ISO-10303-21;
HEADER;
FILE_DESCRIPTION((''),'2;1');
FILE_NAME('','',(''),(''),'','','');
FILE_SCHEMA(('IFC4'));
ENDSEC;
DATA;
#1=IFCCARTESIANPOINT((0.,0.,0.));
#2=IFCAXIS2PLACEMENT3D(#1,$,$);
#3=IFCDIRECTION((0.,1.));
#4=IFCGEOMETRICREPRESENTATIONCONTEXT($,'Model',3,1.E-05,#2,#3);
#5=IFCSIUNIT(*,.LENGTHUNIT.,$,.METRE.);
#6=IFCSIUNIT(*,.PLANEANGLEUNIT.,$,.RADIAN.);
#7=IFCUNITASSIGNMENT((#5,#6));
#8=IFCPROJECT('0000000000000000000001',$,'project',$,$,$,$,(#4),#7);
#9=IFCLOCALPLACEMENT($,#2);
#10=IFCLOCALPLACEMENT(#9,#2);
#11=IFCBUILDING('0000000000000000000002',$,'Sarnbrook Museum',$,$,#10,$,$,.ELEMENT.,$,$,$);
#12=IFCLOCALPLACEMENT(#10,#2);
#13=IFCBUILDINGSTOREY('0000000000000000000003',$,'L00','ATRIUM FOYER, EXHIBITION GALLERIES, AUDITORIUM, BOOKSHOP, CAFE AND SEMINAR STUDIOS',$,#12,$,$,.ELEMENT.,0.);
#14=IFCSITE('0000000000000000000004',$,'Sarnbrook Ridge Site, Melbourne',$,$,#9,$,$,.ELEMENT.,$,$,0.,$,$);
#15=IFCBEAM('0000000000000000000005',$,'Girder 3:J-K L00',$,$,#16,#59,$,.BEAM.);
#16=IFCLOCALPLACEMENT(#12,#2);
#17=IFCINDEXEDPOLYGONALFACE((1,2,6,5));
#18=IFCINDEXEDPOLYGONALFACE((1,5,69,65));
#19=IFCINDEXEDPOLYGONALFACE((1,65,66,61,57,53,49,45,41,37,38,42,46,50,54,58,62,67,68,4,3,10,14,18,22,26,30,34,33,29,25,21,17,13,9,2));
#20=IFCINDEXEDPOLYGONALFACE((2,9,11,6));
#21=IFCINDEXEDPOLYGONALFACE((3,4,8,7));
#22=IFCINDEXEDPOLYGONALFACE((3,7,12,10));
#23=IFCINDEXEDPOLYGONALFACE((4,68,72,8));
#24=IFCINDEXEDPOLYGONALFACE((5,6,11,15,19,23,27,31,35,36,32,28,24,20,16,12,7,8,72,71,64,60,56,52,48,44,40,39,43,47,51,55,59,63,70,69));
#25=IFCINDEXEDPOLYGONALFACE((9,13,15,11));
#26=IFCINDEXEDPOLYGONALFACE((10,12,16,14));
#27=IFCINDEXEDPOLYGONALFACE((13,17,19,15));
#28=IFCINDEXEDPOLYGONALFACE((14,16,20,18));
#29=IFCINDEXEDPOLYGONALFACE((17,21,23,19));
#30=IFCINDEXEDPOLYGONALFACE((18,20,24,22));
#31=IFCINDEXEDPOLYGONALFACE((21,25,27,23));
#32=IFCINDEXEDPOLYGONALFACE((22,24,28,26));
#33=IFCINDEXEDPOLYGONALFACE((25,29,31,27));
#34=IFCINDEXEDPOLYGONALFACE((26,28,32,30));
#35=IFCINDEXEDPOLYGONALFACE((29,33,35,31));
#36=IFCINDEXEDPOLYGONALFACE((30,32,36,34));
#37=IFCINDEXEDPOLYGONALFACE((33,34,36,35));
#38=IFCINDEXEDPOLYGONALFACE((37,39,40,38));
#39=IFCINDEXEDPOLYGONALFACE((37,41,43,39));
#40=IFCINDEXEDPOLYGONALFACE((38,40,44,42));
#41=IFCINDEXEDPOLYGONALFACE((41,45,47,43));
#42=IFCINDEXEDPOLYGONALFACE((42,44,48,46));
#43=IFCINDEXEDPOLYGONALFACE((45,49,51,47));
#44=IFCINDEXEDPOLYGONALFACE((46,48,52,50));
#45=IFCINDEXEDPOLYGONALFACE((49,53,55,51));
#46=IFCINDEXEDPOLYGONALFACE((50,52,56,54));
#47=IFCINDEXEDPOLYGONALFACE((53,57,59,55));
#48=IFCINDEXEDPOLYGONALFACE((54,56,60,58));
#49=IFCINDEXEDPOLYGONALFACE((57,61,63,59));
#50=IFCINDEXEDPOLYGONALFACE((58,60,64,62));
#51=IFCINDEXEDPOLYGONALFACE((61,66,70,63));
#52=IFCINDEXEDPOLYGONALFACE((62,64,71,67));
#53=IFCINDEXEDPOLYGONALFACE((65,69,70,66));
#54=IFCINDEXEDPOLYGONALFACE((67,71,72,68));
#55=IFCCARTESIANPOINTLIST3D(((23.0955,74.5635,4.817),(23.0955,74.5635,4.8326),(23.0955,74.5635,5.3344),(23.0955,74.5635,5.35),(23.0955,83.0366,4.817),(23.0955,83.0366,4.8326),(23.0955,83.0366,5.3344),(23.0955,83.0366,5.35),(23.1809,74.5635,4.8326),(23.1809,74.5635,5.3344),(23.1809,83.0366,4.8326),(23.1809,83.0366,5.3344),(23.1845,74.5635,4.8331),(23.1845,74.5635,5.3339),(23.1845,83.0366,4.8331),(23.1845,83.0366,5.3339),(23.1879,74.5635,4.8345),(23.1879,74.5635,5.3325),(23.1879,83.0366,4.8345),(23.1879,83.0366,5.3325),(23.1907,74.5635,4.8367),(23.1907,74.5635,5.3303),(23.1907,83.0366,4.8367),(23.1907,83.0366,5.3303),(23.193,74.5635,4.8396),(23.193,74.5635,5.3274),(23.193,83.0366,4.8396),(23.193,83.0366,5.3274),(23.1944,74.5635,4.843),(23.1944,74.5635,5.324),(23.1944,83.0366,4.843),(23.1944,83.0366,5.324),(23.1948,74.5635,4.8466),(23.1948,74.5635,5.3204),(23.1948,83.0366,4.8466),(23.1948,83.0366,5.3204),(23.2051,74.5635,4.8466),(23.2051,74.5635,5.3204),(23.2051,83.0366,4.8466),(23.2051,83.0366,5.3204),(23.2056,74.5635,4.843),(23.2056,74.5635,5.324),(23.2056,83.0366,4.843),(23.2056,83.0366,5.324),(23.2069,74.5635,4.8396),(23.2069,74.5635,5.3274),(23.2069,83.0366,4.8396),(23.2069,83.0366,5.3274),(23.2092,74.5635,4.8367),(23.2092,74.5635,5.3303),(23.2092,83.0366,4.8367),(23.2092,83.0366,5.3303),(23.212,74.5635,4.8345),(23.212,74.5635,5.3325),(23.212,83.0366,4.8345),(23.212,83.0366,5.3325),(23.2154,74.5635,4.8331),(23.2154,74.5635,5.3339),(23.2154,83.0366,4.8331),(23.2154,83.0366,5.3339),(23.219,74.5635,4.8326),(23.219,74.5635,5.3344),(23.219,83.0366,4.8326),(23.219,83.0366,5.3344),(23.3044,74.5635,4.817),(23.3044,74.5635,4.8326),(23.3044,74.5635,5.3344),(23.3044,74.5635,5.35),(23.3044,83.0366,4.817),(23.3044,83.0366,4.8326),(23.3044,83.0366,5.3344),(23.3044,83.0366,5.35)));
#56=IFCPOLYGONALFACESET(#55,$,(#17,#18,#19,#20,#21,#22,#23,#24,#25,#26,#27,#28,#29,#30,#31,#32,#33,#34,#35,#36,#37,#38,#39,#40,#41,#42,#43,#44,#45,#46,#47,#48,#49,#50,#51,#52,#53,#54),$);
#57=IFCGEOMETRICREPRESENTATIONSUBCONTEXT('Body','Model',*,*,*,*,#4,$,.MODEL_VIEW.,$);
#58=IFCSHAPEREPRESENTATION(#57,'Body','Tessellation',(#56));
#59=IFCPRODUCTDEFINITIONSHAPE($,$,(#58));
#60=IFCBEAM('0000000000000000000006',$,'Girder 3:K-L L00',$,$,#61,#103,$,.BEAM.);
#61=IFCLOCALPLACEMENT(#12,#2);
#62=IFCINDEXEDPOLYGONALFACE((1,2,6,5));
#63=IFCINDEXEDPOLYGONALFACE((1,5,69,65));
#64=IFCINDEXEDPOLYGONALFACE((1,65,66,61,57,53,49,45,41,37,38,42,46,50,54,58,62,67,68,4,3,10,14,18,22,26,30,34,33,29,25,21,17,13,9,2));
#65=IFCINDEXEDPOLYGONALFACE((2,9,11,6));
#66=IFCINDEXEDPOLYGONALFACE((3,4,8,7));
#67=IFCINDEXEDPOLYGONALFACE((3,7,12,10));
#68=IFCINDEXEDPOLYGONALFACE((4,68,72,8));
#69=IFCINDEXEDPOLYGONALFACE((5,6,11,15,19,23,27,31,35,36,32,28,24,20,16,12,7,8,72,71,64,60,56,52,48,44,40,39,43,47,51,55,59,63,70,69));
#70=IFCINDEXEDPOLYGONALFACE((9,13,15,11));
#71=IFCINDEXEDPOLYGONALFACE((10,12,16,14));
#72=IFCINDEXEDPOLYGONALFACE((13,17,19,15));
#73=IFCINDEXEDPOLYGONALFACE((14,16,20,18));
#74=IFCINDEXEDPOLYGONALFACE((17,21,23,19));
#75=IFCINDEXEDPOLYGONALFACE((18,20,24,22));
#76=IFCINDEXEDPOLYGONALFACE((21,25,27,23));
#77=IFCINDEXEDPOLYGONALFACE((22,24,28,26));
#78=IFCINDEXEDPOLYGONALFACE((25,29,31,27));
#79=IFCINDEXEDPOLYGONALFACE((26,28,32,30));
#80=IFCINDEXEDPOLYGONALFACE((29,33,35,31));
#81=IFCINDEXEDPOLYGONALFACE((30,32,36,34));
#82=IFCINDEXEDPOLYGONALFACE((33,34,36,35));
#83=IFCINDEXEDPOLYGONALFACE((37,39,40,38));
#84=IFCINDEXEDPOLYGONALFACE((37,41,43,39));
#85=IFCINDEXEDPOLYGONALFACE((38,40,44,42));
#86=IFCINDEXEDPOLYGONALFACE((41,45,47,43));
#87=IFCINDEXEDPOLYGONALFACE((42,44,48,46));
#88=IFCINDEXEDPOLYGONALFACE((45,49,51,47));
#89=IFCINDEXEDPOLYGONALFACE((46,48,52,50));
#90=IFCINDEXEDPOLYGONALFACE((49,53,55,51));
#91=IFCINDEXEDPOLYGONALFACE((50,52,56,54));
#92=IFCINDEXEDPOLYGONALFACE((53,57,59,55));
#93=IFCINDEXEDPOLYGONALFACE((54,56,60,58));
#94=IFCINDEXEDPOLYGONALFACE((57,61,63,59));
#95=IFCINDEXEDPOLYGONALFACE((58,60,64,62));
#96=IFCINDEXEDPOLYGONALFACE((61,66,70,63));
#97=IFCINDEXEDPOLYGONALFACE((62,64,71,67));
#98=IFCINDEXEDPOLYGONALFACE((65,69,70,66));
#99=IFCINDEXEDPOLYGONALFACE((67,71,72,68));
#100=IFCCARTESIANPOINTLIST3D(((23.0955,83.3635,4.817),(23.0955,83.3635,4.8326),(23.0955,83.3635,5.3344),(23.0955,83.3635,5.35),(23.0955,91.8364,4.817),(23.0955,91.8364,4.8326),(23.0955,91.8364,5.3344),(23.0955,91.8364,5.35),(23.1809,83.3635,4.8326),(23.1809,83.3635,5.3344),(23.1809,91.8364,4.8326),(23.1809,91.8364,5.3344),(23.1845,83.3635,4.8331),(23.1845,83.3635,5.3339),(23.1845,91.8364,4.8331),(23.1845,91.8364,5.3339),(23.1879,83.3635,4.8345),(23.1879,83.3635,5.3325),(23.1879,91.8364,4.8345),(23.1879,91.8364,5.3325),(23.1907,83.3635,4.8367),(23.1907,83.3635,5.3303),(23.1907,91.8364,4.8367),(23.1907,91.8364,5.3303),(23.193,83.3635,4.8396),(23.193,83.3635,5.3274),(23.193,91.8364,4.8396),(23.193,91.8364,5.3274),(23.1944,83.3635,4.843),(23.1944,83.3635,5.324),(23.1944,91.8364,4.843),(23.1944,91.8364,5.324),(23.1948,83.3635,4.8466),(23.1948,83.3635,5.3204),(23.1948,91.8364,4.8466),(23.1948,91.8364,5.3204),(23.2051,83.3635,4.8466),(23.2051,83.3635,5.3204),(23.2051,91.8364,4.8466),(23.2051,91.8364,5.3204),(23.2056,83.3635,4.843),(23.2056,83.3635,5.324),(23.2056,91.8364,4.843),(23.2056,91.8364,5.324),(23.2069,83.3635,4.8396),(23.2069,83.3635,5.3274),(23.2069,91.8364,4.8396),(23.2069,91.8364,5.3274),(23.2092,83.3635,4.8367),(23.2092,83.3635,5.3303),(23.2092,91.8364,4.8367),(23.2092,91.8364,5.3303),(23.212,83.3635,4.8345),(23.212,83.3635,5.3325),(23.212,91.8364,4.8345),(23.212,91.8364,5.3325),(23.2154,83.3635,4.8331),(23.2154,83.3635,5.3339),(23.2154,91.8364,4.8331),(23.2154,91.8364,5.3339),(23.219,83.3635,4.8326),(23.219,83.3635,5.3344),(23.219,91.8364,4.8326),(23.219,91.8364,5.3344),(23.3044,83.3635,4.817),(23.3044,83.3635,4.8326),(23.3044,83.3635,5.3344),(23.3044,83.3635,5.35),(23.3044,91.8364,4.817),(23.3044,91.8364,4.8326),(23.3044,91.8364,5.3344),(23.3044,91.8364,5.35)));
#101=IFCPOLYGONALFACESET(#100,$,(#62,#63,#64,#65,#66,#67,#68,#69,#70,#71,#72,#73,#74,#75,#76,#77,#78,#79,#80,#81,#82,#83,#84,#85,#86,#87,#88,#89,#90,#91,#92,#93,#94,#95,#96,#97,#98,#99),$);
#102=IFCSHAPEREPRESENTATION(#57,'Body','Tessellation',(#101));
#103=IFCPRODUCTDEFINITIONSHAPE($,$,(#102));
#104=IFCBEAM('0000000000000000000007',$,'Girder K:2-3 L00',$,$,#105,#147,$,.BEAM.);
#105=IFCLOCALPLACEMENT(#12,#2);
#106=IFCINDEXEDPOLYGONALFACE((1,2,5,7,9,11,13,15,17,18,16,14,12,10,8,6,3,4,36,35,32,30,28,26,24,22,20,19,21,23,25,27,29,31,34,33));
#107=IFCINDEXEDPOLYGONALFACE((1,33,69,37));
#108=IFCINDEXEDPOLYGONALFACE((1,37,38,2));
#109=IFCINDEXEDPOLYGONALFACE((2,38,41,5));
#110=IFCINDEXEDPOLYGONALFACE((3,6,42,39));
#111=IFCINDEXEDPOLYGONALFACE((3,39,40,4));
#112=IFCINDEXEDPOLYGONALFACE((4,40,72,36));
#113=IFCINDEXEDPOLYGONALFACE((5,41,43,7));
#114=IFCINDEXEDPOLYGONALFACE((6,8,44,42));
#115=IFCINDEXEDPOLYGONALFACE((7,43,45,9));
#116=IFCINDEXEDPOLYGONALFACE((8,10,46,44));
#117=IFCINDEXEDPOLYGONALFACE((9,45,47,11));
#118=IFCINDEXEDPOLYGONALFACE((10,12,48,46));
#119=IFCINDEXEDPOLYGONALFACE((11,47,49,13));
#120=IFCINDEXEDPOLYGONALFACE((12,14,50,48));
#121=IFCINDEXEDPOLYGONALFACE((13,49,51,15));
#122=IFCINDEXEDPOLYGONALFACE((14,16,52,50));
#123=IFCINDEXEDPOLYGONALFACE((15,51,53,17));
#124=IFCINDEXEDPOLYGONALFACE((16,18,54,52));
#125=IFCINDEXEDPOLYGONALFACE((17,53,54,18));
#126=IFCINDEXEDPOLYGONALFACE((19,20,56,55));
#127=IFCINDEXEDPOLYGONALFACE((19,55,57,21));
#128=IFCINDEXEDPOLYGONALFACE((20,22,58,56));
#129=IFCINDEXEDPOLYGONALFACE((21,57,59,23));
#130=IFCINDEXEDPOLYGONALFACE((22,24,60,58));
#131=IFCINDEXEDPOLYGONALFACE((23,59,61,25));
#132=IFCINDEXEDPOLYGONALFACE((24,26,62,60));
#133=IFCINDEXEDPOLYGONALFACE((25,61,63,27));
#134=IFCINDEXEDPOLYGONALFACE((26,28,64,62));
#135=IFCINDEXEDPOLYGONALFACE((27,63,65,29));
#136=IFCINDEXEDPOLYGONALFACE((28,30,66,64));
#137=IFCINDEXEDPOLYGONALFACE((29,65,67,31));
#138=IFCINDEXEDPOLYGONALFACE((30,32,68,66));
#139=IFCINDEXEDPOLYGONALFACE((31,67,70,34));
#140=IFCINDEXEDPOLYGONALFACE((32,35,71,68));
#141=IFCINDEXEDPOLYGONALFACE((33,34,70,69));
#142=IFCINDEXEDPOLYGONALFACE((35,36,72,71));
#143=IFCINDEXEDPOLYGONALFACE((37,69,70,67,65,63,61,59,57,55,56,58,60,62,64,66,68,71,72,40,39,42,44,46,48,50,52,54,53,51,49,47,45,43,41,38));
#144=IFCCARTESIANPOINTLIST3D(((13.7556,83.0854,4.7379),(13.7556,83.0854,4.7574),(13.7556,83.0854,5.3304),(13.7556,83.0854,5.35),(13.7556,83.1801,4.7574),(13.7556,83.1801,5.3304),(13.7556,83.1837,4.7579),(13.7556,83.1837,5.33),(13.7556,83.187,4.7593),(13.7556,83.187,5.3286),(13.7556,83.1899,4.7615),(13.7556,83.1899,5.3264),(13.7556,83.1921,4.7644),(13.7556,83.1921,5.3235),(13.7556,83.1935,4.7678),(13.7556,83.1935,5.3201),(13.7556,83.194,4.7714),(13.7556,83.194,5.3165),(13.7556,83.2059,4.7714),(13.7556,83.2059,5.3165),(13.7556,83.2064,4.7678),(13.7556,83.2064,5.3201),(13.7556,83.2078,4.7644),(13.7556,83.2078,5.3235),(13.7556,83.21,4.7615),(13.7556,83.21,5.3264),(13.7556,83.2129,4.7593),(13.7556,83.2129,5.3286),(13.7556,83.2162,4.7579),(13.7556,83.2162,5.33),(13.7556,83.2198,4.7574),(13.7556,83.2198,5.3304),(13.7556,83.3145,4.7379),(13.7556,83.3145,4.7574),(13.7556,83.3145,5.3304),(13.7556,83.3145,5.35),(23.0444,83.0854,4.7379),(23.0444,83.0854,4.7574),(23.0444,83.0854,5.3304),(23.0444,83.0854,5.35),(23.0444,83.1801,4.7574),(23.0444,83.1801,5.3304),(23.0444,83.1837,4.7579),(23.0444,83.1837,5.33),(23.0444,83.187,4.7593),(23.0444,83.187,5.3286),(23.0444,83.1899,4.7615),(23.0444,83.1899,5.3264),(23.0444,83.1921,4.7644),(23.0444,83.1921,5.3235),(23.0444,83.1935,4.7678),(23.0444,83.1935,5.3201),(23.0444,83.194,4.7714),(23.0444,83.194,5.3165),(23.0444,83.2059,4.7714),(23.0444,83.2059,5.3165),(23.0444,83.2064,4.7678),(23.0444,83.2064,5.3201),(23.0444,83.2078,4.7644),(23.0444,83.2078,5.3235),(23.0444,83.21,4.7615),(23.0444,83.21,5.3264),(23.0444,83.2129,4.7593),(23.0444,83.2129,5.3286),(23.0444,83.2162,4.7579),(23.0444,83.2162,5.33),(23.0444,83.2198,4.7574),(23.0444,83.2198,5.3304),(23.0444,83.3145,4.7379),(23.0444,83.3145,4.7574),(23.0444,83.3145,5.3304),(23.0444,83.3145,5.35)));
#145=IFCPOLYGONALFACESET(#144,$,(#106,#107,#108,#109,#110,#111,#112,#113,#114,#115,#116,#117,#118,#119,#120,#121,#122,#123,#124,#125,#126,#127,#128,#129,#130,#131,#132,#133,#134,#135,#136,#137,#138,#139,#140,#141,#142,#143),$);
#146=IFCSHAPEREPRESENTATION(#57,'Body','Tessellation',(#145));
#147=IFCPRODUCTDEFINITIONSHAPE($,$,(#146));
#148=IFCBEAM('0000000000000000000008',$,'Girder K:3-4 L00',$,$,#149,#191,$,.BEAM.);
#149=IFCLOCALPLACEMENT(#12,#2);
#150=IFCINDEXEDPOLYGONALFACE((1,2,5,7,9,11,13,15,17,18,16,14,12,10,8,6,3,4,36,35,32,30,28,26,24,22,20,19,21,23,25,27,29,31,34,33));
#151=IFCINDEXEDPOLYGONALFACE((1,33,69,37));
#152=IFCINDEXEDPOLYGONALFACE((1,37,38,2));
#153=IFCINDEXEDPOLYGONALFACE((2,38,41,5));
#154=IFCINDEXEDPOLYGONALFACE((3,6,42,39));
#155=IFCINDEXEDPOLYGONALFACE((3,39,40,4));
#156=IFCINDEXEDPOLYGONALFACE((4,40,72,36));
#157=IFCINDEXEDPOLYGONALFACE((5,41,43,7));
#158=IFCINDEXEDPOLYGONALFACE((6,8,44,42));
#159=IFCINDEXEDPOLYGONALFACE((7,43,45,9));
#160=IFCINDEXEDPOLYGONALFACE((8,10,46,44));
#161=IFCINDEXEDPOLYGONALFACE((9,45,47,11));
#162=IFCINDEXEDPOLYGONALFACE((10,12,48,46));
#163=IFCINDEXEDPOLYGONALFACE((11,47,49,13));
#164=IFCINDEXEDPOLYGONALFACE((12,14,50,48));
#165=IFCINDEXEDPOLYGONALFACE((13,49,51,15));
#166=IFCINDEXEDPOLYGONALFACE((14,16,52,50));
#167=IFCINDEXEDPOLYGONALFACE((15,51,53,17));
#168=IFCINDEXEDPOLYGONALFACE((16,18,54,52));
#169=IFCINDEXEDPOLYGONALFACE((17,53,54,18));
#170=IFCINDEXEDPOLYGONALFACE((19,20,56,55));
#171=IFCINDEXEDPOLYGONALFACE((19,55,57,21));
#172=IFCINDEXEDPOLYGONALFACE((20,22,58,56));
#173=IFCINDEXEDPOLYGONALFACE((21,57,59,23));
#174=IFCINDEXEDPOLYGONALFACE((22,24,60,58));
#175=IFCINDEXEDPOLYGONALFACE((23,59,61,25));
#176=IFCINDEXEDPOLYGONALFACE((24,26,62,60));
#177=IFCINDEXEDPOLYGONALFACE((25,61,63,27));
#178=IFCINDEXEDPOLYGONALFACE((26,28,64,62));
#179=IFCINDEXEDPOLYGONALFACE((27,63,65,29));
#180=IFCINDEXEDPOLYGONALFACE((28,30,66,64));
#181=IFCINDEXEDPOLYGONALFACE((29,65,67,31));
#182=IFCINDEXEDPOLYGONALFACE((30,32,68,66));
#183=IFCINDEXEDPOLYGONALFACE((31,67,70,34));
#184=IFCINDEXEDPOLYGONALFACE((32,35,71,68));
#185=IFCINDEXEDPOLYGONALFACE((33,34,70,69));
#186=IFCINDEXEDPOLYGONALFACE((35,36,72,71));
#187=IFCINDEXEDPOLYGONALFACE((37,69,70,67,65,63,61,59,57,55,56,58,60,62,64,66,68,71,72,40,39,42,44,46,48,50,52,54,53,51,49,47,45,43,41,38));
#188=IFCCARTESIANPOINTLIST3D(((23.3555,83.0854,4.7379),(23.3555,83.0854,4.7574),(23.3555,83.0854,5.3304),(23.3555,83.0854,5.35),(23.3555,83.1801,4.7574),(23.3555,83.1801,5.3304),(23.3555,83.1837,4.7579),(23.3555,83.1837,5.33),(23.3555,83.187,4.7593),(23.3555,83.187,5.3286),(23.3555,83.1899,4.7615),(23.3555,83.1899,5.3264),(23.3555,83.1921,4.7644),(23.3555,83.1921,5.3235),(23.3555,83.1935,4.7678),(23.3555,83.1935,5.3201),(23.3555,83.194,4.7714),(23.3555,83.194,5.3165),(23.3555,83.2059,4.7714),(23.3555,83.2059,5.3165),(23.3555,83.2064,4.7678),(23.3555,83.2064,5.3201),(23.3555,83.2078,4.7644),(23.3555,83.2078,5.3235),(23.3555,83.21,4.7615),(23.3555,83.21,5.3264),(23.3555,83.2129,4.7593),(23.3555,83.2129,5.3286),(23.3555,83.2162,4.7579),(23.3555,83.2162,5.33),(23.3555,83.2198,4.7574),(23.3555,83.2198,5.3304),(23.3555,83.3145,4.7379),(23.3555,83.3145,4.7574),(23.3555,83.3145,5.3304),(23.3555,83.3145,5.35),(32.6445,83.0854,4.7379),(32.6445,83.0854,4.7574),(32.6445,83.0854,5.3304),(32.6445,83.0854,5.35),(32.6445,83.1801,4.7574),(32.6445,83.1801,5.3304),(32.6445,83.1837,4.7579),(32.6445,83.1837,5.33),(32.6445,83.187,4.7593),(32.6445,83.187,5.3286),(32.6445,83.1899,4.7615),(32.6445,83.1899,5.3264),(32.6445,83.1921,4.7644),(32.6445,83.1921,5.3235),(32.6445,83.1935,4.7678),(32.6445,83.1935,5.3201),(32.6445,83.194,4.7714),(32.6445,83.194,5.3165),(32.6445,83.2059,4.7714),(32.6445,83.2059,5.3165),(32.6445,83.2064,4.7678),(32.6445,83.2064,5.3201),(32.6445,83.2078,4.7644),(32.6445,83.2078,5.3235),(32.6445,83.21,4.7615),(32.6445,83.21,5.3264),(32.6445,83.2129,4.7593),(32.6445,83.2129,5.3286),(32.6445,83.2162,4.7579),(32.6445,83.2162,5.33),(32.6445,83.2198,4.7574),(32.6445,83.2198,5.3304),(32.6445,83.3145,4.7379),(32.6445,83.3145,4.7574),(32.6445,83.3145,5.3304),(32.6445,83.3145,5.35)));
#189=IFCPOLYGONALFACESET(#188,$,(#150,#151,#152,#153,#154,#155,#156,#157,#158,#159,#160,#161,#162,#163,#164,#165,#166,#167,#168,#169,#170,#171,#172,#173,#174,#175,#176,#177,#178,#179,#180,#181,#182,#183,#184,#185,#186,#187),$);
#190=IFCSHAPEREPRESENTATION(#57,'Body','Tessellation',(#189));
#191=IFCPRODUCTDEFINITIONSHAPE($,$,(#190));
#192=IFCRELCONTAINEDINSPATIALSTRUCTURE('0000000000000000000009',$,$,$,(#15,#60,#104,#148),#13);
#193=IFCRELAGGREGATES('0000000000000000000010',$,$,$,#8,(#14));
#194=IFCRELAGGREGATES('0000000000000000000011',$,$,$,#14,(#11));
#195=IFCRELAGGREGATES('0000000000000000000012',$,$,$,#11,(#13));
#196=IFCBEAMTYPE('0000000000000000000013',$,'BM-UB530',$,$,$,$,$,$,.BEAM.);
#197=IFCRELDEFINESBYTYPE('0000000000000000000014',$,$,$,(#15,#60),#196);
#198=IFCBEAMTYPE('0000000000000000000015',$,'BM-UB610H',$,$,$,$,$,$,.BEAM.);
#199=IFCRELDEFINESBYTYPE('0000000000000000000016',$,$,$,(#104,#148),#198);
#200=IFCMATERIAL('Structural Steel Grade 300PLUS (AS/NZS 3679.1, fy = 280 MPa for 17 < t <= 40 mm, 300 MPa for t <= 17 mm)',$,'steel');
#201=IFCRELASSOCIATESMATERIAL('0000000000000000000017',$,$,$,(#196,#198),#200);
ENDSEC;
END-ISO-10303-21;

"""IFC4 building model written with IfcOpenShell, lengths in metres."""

from ifc_helpers import new_model, si_unit, direction, frame, origin, origin_2d, place, context, subcontext, project, spatial, i_section, extrude, material, material_profile, profile_set, type_object, element, save


model = new_model("IFC4")

# Units and contexts
model_context = context("Model", 3, precision=1e-05, world=origin(), true_north=direction((0.0, 1.0)))
body_context = subcontext(model_context, "Body", "Model", "MODEL_VIEW")
ifc_project = project(units=[si_unit("LENGTHUNIT", "METRE"), si_unit("PLANEANGLEUNIT", "RADIAN")], contexts=[model_context])

# Site, building, storey
site_placement = place(None, origin())
site = spatial("IfcSite", under=ifc_project, at=site_placement, Name="Sarnbrook Ridge Site, Melbourne", CompositionType="ELEMENT", RefElevation=0.0)
building_placement = place(site_placement, origin())
building = spatial("IfcBuilding", under=site, at=building_placement, Name="Sarnbrook Museum", CompositionType="ELEMENT")
storey_placement = place(building_placement, origin())
storey = spatial("IfcBuildingStorey", under=building, at=storey_placement, Name="L00", Description="ATRIUM FOYER, EXHIBITION GALLERIES, AUDITORIUM, BOOKSHOP, CAFE AND SEMINAR STUDIOS", CompositionType="ELEMENT", Elevation=0.0)

# Shared definitions
ifc_material_1 = material(Name="Structural Steel Grade 300PLUS (AS/NZS 3679.1, fy = 280 MPa for 17 < t <= 40 mm, 300 MPa for t <= 17 mm)", Category="steel")

# Beams
ifc_material_profile_1 = material_profile(ifc_material_1, i_section(OverallWidth=0.209, OverallDepth=0.533, WebThickness=0.0103, FlangeThickness=0.0156, FilletRadius=0.0139, at=origin_2d()), Name="530UB92.4")
ifc_profile_set_1 = profile_set([ifc_material_profile_1], Name="Structural Steel Grade 300PLUS (AS/NZS 3679.1, fy = 280 MPa for 17 < t <= 40 mm, 300 MPa for t <= 17 mm)")
beam_type_1 = type_object("IfcBeamType", Name="BM-UB530", PredefinedType="BEAM", material=ifc_profile_set_1)
beam_1_placement = place(storey_placement, frame((23.2, 74.5635, 5.0835), z_axis=(0.0, 1.0, 0.0), x_axis=(-1.0, 0.0, 0.0)))
element("IfcBeam", 1, at=beam_1_placement, inside=storey, type_object=beam_type_1, Name="Girder 3:J-K L00", PredefinedType="BEAM", context=body_context, shape_type="SweptSolid", body=[
    extrude(i_section(OverallWidth=0.209, OverallDepth=0.533, WebThickness=0.0103, FlangeThickness=0.0156, FilletRadius=0.0139, at=origin_2d()), origin(), (0.0, 0.0, 1.0), 8.4731),
])
beam_2_placement = place(storey_placement, frame((23.2, 83.3635, 5.0835), z_axis=(0.0, 1.0, 0.0), x_axis=(-1.0, 0.0, 0.0)))
element("IfcBeam", 2, at=beam_2_placement, inside=storey, type_object=beam_type_1, Name="Girder 3:K-L L00", PredefinedType="BEAM", context=body_context, shape_type="SweptSolid", body=[
    extrude(i_section(OverallWidth=0.209, OverallDepth=0.533, WebThickness=0.0103, FlangeThickness=0.0156, FilletRadius=0.0139, at=origin_2d()), origin(), (0.0, 0.0, 1.0), 8.4729),
])
ifc_material_profile_2 = material_profile(ifc_material_1, i_section(OverallWidth=0.229, OverallDepth=0.6121, WebThickness=0.012, FlangeThickness=0.0195, FilletRadius=0.0139, at=origin_2d()), Name="610UB125")
ifc_profile_set_2 = profile_set([ifc_material_profile_2], Name="Structural Steel Grade 300PLUS (AS/NZS 3679.1, fy = 280 MPa for 17 < t <= 40 mm, 300 MPa for t <= 17 mm)")
beam_type_2 = type_object("IfcBeamType", Name="BM-UB610H", PredefinedType="BEAM", material=ifc_profile_set_2)
beam_3_placement = place(storey_placement, frame((13.7556, 83.2, 5.0439), z_axis=(1.0, 0.0, 0.0), x_axis=(0.0, 1.0, 0.0)))
element("IfcBeam", 3, at=beam_3_placement, inside=storey, type_object=beam_type_2, Name="Girder K:2-3 L00", PredefinedType="BEAM", context=body_context, shape_type="SweptSolid", body=[
    extrude(i_section(OverallWidth=0.229, OverallDepth=0.6121, WebThickness=0.012, FlangeThickness=0.0195, FilletRadius=0.0139, at=origin_2d()), origin(), (0.0, 0.0, 1.0), 9.2888),
])
beam_4_placement = place(storey_placement, frame((23.3555, 83.2, 5.0439), z_axis=(1.0, 0.0, 0.0), x_axis=(0.0, 1.0, 0.0)))
element("IfcBeam", 4, at=beam_4_placement, inside=storey, type_object=beam_type_2, Name="Girder K:3-4 L00", PredefinedType="BEAM", context=body_context, shape_type="SweptSolid", body=[
    extrude(i_section(OverallWidth=0.229, OverallDepth=0.6121, WebThickness=0.012, FlangeThickness=0.0195, FilletRadius=0.0139, at=origin_2d()), origin(), (0.0, 0.0, 1.0), 9.2891),
])

save(model, "model.ifc")
